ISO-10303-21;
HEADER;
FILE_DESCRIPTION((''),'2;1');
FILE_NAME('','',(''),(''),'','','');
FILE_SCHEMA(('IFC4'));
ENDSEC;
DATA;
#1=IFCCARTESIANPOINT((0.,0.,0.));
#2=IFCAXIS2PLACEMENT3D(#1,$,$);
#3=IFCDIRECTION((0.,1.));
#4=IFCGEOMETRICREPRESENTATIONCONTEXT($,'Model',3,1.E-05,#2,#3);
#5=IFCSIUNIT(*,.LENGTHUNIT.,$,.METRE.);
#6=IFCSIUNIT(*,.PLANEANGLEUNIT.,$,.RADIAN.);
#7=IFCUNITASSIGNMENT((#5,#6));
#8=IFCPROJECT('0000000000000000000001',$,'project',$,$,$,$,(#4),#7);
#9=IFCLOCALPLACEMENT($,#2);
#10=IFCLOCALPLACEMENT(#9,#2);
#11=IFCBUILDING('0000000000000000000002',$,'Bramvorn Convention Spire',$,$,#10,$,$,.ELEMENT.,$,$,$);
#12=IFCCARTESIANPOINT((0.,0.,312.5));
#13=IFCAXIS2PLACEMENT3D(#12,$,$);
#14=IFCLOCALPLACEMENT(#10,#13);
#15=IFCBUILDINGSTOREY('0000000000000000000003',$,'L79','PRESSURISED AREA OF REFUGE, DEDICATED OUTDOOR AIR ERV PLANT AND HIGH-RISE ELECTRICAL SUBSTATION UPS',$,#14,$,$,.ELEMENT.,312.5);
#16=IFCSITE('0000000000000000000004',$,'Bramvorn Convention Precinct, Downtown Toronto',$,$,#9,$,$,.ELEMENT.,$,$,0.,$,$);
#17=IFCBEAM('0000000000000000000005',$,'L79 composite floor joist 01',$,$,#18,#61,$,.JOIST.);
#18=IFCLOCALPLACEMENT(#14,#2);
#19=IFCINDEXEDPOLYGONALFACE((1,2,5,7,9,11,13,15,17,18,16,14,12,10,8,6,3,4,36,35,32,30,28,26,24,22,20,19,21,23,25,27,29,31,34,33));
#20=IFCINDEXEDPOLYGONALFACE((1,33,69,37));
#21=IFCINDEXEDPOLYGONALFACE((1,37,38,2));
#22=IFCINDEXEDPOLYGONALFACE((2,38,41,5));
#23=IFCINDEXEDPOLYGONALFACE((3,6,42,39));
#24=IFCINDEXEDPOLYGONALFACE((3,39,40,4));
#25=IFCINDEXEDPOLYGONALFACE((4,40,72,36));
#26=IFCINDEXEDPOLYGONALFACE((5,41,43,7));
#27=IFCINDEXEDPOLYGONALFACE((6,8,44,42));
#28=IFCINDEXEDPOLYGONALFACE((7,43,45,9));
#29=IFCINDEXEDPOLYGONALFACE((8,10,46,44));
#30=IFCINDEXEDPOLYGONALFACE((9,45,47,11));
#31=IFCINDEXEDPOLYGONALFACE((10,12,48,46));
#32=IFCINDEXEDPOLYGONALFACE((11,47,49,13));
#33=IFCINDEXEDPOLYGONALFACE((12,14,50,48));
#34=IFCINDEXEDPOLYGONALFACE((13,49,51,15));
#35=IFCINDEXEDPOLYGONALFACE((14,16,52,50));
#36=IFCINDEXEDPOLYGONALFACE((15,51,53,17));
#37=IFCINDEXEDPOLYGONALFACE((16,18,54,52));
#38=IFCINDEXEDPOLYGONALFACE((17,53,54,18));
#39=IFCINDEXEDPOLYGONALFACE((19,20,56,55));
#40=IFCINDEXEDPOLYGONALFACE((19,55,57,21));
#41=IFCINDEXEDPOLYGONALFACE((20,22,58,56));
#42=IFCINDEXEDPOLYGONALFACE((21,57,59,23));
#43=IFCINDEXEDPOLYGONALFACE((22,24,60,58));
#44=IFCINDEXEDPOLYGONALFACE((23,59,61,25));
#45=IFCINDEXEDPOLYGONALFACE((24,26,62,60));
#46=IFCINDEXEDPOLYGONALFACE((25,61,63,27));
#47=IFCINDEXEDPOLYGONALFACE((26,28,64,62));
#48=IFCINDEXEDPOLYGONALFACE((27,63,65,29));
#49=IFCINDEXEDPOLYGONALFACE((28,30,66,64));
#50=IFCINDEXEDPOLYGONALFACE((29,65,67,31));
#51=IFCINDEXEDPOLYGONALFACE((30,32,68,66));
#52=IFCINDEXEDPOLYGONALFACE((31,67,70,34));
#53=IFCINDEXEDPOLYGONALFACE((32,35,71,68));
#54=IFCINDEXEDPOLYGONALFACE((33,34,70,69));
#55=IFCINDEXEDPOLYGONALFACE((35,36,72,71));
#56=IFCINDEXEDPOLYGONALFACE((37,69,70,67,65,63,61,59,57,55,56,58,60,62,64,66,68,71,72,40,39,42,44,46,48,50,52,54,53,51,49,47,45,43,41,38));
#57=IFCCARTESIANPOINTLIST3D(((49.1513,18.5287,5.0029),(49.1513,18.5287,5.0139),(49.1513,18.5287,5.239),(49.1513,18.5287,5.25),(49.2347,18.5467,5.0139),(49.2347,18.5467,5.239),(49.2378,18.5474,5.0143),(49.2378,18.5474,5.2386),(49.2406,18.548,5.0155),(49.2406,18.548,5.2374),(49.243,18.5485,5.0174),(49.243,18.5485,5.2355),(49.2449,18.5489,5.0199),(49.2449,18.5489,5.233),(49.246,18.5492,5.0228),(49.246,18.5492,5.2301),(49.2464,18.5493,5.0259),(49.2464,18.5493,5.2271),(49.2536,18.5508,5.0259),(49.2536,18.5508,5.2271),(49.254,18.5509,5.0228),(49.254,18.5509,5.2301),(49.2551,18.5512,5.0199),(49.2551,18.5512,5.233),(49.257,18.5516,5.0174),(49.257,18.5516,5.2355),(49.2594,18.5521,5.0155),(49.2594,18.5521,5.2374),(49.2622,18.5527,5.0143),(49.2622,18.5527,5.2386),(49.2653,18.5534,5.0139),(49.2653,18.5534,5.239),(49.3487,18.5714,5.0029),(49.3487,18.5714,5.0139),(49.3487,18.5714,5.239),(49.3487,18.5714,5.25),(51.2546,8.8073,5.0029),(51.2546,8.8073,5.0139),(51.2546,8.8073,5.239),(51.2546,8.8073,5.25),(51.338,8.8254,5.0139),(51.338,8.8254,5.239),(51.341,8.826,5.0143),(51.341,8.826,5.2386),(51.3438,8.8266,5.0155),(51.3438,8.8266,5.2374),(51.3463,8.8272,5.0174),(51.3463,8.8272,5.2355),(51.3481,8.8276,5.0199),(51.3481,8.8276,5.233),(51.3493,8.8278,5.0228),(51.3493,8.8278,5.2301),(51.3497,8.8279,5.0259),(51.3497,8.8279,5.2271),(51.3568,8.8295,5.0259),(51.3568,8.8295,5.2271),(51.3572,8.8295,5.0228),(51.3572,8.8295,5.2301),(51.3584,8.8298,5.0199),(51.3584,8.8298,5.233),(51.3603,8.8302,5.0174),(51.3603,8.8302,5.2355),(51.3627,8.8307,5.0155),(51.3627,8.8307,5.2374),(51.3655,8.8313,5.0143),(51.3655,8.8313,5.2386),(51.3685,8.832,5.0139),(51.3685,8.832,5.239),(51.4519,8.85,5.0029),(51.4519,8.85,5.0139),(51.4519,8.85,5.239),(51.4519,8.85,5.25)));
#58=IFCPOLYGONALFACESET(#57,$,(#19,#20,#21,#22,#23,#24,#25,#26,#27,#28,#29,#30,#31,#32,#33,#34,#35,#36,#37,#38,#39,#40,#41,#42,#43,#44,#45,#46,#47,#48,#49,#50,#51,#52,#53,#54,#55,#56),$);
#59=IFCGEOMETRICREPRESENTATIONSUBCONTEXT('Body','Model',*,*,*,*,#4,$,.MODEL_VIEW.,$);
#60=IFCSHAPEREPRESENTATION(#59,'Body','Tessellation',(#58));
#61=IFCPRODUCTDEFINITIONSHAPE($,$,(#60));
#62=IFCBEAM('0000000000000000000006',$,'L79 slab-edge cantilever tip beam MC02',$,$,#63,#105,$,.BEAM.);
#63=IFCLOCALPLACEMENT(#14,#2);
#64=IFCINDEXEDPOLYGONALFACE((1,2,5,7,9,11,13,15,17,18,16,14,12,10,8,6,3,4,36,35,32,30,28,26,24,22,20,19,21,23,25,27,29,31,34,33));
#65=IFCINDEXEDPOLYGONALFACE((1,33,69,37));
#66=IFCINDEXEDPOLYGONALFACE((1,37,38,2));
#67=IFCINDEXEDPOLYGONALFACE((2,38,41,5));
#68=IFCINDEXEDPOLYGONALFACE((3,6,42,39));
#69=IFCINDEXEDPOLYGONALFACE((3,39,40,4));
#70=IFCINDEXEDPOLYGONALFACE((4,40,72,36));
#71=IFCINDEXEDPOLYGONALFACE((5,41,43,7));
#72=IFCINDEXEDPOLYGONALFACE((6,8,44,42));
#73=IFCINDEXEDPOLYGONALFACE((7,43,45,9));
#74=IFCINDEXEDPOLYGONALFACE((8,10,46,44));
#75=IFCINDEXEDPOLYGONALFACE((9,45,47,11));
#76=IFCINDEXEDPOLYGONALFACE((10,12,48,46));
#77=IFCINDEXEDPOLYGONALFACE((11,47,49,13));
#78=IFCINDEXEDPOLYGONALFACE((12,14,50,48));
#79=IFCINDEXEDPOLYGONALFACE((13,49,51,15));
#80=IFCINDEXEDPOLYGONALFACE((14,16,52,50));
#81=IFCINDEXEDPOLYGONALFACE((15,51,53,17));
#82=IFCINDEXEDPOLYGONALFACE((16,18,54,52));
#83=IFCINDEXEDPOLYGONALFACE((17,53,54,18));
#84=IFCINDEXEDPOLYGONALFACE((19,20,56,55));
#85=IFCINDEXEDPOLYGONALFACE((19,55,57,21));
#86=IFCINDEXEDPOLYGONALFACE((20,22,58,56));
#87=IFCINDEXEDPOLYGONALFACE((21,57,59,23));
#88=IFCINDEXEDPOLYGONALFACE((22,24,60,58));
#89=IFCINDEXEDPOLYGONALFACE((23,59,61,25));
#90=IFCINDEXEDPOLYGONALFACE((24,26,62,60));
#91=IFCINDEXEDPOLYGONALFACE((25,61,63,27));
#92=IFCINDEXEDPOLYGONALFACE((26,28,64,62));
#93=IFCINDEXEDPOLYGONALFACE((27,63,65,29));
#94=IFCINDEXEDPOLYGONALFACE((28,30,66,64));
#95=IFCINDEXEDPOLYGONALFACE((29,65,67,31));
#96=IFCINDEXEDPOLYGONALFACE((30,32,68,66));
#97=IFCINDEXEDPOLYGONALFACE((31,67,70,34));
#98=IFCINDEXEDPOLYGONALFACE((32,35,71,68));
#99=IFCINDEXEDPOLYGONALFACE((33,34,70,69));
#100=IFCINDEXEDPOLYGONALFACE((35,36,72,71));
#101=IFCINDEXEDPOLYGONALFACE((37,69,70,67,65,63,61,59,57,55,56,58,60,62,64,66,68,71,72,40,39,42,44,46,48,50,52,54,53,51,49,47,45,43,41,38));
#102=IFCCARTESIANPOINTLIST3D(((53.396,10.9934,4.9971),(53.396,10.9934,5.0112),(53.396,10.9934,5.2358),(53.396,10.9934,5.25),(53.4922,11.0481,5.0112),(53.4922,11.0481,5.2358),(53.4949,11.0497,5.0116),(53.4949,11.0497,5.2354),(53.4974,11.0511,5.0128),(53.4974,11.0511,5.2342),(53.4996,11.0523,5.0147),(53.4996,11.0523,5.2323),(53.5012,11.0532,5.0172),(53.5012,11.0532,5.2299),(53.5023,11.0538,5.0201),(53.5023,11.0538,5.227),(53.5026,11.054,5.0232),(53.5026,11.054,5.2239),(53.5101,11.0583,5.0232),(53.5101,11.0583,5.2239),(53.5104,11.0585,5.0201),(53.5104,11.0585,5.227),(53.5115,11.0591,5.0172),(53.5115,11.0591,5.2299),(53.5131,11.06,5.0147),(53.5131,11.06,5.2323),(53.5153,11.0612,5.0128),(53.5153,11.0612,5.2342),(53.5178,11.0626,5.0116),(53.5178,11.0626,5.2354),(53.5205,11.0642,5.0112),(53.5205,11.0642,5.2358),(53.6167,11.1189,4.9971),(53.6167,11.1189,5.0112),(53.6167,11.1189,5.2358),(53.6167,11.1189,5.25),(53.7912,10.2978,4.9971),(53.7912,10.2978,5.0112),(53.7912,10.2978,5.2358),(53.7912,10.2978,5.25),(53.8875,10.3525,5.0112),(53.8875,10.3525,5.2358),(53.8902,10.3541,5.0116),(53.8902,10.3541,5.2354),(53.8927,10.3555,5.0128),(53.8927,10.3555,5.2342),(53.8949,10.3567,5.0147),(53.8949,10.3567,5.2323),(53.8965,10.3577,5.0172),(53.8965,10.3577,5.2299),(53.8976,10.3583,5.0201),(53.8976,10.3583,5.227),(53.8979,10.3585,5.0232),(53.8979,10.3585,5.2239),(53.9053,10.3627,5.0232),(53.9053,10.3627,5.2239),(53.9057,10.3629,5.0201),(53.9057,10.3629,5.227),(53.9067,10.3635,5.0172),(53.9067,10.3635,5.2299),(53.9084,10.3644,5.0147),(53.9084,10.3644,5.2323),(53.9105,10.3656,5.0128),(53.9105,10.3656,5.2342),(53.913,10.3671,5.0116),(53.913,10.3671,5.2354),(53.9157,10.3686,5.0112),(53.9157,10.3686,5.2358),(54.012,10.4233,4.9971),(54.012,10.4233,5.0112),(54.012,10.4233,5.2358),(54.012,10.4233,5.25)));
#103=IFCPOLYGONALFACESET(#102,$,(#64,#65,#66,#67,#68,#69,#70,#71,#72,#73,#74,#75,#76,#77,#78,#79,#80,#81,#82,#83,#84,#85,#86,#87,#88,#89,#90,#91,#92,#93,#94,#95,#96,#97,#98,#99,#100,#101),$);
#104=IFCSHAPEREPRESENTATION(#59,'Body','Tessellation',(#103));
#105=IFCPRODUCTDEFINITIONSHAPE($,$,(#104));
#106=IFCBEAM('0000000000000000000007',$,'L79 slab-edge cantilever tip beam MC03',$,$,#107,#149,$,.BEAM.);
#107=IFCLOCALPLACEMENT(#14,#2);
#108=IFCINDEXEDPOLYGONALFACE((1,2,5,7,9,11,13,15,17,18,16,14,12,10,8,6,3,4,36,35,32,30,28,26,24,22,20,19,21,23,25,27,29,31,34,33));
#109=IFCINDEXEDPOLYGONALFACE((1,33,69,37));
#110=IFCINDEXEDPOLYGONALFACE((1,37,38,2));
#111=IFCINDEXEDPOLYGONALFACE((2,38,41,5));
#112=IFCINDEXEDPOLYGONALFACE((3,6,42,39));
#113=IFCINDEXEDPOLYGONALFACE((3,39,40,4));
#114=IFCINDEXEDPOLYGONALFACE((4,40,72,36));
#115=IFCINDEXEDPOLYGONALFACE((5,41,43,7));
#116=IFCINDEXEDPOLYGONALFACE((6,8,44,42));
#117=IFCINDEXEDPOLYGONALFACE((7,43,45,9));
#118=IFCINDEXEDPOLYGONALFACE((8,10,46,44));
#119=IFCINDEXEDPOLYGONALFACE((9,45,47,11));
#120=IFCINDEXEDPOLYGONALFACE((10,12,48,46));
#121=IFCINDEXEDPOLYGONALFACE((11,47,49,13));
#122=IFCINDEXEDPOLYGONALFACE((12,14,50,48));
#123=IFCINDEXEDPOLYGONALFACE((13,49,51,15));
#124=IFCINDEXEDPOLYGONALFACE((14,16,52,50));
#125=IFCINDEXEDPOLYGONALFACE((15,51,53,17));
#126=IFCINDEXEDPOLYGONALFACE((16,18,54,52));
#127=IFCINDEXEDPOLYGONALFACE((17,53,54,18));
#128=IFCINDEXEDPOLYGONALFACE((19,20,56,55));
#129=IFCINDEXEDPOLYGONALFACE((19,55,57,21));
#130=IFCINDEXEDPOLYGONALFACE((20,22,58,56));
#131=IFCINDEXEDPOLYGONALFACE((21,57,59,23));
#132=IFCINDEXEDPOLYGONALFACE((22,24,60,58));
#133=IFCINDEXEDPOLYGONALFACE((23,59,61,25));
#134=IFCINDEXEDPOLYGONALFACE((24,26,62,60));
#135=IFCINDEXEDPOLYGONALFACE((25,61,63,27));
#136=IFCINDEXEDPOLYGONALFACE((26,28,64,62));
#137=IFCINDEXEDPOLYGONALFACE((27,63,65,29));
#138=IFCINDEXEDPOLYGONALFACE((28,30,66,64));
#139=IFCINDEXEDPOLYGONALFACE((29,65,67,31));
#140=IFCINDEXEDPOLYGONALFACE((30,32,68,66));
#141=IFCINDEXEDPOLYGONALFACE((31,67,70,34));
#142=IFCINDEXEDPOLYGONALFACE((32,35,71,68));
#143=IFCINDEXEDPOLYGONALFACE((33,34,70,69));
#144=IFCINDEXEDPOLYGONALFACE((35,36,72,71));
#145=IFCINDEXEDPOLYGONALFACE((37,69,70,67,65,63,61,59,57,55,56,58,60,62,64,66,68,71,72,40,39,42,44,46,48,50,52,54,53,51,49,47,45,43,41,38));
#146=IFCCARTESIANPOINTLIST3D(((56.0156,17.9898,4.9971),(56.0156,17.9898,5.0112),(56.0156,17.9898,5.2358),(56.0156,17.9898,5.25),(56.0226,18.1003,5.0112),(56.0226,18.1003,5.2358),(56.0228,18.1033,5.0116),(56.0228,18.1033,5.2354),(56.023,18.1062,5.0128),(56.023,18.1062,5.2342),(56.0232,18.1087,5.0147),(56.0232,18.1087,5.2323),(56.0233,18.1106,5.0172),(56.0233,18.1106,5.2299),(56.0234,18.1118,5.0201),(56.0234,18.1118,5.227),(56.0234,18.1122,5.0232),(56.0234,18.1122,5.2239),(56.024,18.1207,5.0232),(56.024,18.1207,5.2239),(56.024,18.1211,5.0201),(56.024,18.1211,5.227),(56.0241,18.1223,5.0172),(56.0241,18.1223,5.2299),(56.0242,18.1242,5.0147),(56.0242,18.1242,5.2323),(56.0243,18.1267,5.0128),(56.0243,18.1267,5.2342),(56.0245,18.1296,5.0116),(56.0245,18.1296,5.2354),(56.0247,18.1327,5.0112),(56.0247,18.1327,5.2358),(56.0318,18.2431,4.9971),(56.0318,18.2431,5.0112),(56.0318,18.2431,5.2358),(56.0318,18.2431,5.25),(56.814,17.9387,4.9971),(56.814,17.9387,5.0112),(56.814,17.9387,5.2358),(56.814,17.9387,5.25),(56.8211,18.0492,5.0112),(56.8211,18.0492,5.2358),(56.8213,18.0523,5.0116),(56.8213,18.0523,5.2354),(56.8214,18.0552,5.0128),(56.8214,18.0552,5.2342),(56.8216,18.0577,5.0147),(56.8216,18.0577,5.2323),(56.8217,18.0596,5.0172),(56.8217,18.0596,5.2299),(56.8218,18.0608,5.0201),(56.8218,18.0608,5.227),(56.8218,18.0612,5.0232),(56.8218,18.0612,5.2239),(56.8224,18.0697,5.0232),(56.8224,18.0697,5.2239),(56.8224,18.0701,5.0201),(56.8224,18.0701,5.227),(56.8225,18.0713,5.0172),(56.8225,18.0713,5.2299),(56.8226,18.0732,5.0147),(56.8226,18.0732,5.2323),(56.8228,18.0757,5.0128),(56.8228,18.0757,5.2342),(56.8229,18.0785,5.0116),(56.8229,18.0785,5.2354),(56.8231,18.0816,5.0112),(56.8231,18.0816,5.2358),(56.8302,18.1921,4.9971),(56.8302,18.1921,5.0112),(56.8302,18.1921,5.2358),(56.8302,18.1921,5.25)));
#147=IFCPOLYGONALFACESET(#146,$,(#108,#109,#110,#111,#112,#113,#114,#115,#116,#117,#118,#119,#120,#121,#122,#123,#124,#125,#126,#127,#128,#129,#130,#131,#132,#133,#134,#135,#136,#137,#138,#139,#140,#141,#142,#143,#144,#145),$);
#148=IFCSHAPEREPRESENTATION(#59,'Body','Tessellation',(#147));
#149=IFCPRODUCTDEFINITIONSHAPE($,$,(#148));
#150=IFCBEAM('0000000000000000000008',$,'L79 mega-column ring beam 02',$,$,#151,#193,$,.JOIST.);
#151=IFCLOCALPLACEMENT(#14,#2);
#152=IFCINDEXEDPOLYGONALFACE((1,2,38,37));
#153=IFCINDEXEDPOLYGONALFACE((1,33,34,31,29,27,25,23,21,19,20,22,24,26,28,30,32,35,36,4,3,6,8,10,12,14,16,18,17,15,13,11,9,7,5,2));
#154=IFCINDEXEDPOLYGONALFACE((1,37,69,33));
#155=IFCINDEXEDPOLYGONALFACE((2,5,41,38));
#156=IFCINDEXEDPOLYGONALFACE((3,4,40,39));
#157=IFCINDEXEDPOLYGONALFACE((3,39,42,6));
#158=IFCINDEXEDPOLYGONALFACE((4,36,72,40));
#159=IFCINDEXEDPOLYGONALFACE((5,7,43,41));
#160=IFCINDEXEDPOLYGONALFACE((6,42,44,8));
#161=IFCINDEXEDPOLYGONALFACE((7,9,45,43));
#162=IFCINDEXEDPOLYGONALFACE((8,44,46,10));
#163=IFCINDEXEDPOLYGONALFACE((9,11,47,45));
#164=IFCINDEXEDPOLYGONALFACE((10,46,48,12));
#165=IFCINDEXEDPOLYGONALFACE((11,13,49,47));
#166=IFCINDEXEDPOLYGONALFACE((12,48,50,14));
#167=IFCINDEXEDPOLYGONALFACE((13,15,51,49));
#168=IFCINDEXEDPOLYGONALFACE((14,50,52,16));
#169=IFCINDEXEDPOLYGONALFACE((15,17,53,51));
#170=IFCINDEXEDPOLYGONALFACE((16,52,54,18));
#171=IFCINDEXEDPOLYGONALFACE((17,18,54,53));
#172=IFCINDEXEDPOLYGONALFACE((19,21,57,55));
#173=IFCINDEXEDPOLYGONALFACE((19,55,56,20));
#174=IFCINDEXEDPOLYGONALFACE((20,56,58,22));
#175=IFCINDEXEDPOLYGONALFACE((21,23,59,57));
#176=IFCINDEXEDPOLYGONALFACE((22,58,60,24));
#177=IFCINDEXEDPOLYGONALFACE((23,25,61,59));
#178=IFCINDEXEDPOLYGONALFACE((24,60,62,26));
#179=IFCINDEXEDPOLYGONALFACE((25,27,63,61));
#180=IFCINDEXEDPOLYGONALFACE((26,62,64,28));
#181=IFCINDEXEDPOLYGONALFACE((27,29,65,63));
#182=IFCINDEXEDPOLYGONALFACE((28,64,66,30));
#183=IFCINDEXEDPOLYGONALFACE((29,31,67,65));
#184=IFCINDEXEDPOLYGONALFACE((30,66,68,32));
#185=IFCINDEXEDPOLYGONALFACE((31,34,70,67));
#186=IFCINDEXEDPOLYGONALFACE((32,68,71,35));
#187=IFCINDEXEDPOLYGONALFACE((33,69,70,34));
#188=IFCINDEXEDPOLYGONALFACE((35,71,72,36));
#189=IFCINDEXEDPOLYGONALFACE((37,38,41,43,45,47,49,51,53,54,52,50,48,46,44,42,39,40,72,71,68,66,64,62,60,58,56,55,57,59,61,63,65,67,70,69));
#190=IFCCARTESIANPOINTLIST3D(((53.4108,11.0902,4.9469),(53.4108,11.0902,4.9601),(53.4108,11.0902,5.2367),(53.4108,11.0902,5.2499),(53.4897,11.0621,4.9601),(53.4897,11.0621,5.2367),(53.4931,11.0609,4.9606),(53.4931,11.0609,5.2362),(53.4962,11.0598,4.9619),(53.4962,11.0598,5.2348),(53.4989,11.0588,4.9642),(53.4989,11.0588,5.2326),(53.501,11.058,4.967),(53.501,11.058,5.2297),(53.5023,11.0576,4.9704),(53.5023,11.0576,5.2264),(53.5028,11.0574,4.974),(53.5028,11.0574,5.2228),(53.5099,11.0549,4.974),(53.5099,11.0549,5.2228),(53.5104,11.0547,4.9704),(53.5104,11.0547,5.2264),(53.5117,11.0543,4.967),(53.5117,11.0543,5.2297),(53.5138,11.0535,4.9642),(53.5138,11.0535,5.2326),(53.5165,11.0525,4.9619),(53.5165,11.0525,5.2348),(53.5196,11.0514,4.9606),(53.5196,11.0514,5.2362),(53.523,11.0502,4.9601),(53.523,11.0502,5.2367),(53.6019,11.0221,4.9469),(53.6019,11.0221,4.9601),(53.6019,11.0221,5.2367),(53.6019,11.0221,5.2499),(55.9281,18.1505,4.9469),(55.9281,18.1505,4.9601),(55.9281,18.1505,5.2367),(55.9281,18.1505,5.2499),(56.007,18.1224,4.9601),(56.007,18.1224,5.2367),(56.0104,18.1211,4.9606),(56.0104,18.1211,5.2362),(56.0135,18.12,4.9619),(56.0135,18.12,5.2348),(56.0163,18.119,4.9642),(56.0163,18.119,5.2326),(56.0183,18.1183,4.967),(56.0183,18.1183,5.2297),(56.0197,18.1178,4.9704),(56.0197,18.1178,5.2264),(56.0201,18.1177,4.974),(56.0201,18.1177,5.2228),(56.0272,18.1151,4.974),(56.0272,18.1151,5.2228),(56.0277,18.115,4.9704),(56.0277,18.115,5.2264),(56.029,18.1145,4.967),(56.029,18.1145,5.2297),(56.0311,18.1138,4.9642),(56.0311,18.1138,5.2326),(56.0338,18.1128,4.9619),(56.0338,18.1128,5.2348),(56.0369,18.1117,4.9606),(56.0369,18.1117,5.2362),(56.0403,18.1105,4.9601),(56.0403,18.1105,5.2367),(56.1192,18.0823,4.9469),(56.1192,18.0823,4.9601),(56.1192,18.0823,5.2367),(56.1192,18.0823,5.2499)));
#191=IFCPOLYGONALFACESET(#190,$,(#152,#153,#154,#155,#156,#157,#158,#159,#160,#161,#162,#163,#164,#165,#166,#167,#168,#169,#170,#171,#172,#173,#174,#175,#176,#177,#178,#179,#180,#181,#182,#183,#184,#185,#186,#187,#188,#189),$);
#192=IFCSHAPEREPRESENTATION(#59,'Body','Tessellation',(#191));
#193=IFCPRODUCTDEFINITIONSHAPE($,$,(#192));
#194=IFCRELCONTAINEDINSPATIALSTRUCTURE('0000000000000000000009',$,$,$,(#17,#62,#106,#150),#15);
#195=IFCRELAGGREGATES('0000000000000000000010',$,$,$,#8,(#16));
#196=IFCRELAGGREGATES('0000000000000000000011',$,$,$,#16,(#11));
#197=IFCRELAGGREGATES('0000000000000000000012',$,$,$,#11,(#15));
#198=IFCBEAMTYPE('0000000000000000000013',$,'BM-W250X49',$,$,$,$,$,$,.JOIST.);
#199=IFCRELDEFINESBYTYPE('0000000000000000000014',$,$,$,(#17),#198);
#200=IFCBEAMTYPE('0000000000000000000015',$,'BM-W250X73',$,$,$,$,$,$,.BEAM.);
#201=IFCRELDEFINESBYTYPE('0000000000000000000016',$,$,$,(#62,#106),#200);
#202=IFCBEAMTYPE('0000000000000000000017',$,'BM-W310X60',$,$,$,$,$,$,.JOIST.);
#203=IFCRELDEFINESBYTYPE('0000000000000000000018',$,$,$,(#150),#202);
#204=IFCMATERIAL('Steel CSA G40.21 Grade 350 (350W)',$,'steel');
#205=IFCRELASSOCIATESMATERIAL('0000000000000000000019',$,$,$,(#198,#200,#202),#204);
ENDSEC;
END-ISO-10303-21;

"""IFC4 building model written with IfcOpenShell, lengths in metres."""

from ifc_helpers import new_model, si_unit, direction, frame, origin, origin_2d, place, context, subcontext, project, spatial, i_section, extrude, material, material_profile, profile_set, type_object, element, save


model = new_model("IFC4")

# Units and contexts
model_context = context("Model", 3, precision=1e-05, world=origin(), true_north=direction((0.0, 1.0)))
body_context = subcontext(model_context, "Body", "Model", "MODEL_VIEW")
ifc_project = project(units=[si_unit("LENGTHUNIT", "METRE"), si_unit("PLANEANGLEUNIT", "RADIAN")], contexts=[model_context])

# Site, building, storey
site_placement = place(None, origin())
site = spatial("IfcSite", under=ifc_project, at=site_placement, Name="Bramvorn Convention Precinct, Downtown Toronto", CompositionType="ELEMENT", RefElevation=0.0)
building_placement = place(site_placement, origin())
building = spatial("IfcBuilding", under=site, at=building_placement, Name="Bramvorn Convention Spire", CompositionType="ELEMENT")
storey_placement = place(building_placement, frame((0.0, 0.0, 312.5)))
storey = spatial("IfcBuildingStorey", under=building, at=storey_placement, Name="L79", Description="PRESSURISED AREA OF REFUGE, DEDICATED OUTDOOR AIR ERV PLANT AND HIGH-RISE ELECTRICAL SUBSTATION UPS", CompositionType="ELEMENT", Elevation=312.5)

# Shared definitions
ifc_material_1 = material(Name="Steel CSA G40.21 Grade 350 (350W)", Category="steel")

# Beams
ifc_material_profile_1 = material_profile(ifc_material_1, i_section(OverallWidth=0.2019, OverallDepth=0.2471, WebThickness=0.0073, FlangeThickness=0.011, FilletRadius=0.012, at=origin_2d()))
ifc_profile_set_1 = profile_set([ifc_material_profile_1], Name="Steel CSA G40.21 Grade 350 (350W) - W250X49")
beam_type_1 = type_object("IfcBeamType", Name="BM-W250X49", PredefinedType="JOIST", material=ifc_profile_set_1)
beam_1_placement = place(storey_placement, frame((49.25, 18.55, 5.1265), z_axis=(0.211461, -0.977386, 0.0), x_axis=(0.977386, 0.211461, 0.0)))
element("IfcBeam", 1, at=beam_1_placement, inside=storey, type_object=beam_type_1, Name="L79 composite floor joist 01", PredefinedType="JOIST", context=body_context, shape_type="SweptSolid", body=[
    extrude(i_section(OverallWidth=0.2019, OverallDepth=0.2471, WebThickness=0.0073, FlangeThickness=0.011, FilletRadius=0.012, at=origin_2d()), origin(), (0.0, 0.0, 1.0), 9.9463),
])
ifc_material_profile_2 = material_profile(ifc_material_1, i_section(OverallWidth=0.2539, OverallDepth=0.2529, WebThickness=0.0085, FlangeThickness=0.0142, FilletRadius=0.012, at=origin_2d()))
ifc_profile_set_2 = profile_set([ifc_material_profile_2], Name="Steel CSA G40.21 Grade 350 (350W) - W250X73")
beam_type_2 = type_object("IfcBeamType", Name="BM-W250X73", PredefinedType="BEAM", material=ifc_profile_set_2)
for number, where, z_axis, x_axis, name in (
    (2, (53.5063, 11.0562, 5.1235), (0.494067, -0.869424, 0.0), (0.869424, 0.494067, 0.0), "L79 slab-edge cantilever tip beam MC02"),
    (3, (56.0237, 18.1165, 5.1235), (0.997964, -0.063784, 0.0), (0.063784, 0.997964, 0.0), "L79 slab-edge cantilever tip beam MC03"),
):
    element("IfcBeam", number, at=place(storey_placement, frame(where, z_axis=z_axis, x_axis=x_axis)), inside=storey, type_object=beam_type_2, Name=name, PredefinedType="BEAM", context=body_context, shape_type="SweptSolid", body=[
        extrude(i_section(OverallWidth=0.2539, OverallDepth=0.2529, WebThickness=0.0085, FlangeThickness=0.0142, FilletRadius=0.012, at=origin_2d()), origin(), (0.0, 0.0, 1.0), 0.8),
    ])
ifc_material_profile_3 = material_profile(ifc_material_1, i_section(OverallWidth=0.2029, OverallDepth=0.303, WebThickness=0.0076, FlangeThickness=0.0132, FilletRadius=0.0139, at=origin_2d()))
ifc_profile_set_3 = profile_set([ifc_material_profile_3], Name="Steel CSA G40.21 Grade 350 (350W) - W310X60")
beam_type_3 = type_object("IfcBeamType", Name="BM-W310X60", PredefinedType="JOIST", material=ifc_profile_set_3)
beam_2_placement = place(storey_placement, frame((53.5063, 11.0562, 5.0984), z_axis=(0.335839, 0.941919, 0.0), x_axis=(-0.941919, 0.335839, 0.0)))
element("IfcBeam", 4, at=beam_2_placement, inside=storey, type_object=beam_type_3, Name="L79 mega-column ring beam 02", PredefinedType="JOIST", context=body_context, shape_type="SweptSolid", body=[
    extrude(i_section(OverallWidth=0.2029, OverallDepth=0.303, WebThickness=0.0076, FlangeThickness=0.0132, FilletRadius=0.0139, at=origin_2d()), origin(), (0.0, 0.0, 1.0), 7.4956),
])

save(model, "model.ifc")
